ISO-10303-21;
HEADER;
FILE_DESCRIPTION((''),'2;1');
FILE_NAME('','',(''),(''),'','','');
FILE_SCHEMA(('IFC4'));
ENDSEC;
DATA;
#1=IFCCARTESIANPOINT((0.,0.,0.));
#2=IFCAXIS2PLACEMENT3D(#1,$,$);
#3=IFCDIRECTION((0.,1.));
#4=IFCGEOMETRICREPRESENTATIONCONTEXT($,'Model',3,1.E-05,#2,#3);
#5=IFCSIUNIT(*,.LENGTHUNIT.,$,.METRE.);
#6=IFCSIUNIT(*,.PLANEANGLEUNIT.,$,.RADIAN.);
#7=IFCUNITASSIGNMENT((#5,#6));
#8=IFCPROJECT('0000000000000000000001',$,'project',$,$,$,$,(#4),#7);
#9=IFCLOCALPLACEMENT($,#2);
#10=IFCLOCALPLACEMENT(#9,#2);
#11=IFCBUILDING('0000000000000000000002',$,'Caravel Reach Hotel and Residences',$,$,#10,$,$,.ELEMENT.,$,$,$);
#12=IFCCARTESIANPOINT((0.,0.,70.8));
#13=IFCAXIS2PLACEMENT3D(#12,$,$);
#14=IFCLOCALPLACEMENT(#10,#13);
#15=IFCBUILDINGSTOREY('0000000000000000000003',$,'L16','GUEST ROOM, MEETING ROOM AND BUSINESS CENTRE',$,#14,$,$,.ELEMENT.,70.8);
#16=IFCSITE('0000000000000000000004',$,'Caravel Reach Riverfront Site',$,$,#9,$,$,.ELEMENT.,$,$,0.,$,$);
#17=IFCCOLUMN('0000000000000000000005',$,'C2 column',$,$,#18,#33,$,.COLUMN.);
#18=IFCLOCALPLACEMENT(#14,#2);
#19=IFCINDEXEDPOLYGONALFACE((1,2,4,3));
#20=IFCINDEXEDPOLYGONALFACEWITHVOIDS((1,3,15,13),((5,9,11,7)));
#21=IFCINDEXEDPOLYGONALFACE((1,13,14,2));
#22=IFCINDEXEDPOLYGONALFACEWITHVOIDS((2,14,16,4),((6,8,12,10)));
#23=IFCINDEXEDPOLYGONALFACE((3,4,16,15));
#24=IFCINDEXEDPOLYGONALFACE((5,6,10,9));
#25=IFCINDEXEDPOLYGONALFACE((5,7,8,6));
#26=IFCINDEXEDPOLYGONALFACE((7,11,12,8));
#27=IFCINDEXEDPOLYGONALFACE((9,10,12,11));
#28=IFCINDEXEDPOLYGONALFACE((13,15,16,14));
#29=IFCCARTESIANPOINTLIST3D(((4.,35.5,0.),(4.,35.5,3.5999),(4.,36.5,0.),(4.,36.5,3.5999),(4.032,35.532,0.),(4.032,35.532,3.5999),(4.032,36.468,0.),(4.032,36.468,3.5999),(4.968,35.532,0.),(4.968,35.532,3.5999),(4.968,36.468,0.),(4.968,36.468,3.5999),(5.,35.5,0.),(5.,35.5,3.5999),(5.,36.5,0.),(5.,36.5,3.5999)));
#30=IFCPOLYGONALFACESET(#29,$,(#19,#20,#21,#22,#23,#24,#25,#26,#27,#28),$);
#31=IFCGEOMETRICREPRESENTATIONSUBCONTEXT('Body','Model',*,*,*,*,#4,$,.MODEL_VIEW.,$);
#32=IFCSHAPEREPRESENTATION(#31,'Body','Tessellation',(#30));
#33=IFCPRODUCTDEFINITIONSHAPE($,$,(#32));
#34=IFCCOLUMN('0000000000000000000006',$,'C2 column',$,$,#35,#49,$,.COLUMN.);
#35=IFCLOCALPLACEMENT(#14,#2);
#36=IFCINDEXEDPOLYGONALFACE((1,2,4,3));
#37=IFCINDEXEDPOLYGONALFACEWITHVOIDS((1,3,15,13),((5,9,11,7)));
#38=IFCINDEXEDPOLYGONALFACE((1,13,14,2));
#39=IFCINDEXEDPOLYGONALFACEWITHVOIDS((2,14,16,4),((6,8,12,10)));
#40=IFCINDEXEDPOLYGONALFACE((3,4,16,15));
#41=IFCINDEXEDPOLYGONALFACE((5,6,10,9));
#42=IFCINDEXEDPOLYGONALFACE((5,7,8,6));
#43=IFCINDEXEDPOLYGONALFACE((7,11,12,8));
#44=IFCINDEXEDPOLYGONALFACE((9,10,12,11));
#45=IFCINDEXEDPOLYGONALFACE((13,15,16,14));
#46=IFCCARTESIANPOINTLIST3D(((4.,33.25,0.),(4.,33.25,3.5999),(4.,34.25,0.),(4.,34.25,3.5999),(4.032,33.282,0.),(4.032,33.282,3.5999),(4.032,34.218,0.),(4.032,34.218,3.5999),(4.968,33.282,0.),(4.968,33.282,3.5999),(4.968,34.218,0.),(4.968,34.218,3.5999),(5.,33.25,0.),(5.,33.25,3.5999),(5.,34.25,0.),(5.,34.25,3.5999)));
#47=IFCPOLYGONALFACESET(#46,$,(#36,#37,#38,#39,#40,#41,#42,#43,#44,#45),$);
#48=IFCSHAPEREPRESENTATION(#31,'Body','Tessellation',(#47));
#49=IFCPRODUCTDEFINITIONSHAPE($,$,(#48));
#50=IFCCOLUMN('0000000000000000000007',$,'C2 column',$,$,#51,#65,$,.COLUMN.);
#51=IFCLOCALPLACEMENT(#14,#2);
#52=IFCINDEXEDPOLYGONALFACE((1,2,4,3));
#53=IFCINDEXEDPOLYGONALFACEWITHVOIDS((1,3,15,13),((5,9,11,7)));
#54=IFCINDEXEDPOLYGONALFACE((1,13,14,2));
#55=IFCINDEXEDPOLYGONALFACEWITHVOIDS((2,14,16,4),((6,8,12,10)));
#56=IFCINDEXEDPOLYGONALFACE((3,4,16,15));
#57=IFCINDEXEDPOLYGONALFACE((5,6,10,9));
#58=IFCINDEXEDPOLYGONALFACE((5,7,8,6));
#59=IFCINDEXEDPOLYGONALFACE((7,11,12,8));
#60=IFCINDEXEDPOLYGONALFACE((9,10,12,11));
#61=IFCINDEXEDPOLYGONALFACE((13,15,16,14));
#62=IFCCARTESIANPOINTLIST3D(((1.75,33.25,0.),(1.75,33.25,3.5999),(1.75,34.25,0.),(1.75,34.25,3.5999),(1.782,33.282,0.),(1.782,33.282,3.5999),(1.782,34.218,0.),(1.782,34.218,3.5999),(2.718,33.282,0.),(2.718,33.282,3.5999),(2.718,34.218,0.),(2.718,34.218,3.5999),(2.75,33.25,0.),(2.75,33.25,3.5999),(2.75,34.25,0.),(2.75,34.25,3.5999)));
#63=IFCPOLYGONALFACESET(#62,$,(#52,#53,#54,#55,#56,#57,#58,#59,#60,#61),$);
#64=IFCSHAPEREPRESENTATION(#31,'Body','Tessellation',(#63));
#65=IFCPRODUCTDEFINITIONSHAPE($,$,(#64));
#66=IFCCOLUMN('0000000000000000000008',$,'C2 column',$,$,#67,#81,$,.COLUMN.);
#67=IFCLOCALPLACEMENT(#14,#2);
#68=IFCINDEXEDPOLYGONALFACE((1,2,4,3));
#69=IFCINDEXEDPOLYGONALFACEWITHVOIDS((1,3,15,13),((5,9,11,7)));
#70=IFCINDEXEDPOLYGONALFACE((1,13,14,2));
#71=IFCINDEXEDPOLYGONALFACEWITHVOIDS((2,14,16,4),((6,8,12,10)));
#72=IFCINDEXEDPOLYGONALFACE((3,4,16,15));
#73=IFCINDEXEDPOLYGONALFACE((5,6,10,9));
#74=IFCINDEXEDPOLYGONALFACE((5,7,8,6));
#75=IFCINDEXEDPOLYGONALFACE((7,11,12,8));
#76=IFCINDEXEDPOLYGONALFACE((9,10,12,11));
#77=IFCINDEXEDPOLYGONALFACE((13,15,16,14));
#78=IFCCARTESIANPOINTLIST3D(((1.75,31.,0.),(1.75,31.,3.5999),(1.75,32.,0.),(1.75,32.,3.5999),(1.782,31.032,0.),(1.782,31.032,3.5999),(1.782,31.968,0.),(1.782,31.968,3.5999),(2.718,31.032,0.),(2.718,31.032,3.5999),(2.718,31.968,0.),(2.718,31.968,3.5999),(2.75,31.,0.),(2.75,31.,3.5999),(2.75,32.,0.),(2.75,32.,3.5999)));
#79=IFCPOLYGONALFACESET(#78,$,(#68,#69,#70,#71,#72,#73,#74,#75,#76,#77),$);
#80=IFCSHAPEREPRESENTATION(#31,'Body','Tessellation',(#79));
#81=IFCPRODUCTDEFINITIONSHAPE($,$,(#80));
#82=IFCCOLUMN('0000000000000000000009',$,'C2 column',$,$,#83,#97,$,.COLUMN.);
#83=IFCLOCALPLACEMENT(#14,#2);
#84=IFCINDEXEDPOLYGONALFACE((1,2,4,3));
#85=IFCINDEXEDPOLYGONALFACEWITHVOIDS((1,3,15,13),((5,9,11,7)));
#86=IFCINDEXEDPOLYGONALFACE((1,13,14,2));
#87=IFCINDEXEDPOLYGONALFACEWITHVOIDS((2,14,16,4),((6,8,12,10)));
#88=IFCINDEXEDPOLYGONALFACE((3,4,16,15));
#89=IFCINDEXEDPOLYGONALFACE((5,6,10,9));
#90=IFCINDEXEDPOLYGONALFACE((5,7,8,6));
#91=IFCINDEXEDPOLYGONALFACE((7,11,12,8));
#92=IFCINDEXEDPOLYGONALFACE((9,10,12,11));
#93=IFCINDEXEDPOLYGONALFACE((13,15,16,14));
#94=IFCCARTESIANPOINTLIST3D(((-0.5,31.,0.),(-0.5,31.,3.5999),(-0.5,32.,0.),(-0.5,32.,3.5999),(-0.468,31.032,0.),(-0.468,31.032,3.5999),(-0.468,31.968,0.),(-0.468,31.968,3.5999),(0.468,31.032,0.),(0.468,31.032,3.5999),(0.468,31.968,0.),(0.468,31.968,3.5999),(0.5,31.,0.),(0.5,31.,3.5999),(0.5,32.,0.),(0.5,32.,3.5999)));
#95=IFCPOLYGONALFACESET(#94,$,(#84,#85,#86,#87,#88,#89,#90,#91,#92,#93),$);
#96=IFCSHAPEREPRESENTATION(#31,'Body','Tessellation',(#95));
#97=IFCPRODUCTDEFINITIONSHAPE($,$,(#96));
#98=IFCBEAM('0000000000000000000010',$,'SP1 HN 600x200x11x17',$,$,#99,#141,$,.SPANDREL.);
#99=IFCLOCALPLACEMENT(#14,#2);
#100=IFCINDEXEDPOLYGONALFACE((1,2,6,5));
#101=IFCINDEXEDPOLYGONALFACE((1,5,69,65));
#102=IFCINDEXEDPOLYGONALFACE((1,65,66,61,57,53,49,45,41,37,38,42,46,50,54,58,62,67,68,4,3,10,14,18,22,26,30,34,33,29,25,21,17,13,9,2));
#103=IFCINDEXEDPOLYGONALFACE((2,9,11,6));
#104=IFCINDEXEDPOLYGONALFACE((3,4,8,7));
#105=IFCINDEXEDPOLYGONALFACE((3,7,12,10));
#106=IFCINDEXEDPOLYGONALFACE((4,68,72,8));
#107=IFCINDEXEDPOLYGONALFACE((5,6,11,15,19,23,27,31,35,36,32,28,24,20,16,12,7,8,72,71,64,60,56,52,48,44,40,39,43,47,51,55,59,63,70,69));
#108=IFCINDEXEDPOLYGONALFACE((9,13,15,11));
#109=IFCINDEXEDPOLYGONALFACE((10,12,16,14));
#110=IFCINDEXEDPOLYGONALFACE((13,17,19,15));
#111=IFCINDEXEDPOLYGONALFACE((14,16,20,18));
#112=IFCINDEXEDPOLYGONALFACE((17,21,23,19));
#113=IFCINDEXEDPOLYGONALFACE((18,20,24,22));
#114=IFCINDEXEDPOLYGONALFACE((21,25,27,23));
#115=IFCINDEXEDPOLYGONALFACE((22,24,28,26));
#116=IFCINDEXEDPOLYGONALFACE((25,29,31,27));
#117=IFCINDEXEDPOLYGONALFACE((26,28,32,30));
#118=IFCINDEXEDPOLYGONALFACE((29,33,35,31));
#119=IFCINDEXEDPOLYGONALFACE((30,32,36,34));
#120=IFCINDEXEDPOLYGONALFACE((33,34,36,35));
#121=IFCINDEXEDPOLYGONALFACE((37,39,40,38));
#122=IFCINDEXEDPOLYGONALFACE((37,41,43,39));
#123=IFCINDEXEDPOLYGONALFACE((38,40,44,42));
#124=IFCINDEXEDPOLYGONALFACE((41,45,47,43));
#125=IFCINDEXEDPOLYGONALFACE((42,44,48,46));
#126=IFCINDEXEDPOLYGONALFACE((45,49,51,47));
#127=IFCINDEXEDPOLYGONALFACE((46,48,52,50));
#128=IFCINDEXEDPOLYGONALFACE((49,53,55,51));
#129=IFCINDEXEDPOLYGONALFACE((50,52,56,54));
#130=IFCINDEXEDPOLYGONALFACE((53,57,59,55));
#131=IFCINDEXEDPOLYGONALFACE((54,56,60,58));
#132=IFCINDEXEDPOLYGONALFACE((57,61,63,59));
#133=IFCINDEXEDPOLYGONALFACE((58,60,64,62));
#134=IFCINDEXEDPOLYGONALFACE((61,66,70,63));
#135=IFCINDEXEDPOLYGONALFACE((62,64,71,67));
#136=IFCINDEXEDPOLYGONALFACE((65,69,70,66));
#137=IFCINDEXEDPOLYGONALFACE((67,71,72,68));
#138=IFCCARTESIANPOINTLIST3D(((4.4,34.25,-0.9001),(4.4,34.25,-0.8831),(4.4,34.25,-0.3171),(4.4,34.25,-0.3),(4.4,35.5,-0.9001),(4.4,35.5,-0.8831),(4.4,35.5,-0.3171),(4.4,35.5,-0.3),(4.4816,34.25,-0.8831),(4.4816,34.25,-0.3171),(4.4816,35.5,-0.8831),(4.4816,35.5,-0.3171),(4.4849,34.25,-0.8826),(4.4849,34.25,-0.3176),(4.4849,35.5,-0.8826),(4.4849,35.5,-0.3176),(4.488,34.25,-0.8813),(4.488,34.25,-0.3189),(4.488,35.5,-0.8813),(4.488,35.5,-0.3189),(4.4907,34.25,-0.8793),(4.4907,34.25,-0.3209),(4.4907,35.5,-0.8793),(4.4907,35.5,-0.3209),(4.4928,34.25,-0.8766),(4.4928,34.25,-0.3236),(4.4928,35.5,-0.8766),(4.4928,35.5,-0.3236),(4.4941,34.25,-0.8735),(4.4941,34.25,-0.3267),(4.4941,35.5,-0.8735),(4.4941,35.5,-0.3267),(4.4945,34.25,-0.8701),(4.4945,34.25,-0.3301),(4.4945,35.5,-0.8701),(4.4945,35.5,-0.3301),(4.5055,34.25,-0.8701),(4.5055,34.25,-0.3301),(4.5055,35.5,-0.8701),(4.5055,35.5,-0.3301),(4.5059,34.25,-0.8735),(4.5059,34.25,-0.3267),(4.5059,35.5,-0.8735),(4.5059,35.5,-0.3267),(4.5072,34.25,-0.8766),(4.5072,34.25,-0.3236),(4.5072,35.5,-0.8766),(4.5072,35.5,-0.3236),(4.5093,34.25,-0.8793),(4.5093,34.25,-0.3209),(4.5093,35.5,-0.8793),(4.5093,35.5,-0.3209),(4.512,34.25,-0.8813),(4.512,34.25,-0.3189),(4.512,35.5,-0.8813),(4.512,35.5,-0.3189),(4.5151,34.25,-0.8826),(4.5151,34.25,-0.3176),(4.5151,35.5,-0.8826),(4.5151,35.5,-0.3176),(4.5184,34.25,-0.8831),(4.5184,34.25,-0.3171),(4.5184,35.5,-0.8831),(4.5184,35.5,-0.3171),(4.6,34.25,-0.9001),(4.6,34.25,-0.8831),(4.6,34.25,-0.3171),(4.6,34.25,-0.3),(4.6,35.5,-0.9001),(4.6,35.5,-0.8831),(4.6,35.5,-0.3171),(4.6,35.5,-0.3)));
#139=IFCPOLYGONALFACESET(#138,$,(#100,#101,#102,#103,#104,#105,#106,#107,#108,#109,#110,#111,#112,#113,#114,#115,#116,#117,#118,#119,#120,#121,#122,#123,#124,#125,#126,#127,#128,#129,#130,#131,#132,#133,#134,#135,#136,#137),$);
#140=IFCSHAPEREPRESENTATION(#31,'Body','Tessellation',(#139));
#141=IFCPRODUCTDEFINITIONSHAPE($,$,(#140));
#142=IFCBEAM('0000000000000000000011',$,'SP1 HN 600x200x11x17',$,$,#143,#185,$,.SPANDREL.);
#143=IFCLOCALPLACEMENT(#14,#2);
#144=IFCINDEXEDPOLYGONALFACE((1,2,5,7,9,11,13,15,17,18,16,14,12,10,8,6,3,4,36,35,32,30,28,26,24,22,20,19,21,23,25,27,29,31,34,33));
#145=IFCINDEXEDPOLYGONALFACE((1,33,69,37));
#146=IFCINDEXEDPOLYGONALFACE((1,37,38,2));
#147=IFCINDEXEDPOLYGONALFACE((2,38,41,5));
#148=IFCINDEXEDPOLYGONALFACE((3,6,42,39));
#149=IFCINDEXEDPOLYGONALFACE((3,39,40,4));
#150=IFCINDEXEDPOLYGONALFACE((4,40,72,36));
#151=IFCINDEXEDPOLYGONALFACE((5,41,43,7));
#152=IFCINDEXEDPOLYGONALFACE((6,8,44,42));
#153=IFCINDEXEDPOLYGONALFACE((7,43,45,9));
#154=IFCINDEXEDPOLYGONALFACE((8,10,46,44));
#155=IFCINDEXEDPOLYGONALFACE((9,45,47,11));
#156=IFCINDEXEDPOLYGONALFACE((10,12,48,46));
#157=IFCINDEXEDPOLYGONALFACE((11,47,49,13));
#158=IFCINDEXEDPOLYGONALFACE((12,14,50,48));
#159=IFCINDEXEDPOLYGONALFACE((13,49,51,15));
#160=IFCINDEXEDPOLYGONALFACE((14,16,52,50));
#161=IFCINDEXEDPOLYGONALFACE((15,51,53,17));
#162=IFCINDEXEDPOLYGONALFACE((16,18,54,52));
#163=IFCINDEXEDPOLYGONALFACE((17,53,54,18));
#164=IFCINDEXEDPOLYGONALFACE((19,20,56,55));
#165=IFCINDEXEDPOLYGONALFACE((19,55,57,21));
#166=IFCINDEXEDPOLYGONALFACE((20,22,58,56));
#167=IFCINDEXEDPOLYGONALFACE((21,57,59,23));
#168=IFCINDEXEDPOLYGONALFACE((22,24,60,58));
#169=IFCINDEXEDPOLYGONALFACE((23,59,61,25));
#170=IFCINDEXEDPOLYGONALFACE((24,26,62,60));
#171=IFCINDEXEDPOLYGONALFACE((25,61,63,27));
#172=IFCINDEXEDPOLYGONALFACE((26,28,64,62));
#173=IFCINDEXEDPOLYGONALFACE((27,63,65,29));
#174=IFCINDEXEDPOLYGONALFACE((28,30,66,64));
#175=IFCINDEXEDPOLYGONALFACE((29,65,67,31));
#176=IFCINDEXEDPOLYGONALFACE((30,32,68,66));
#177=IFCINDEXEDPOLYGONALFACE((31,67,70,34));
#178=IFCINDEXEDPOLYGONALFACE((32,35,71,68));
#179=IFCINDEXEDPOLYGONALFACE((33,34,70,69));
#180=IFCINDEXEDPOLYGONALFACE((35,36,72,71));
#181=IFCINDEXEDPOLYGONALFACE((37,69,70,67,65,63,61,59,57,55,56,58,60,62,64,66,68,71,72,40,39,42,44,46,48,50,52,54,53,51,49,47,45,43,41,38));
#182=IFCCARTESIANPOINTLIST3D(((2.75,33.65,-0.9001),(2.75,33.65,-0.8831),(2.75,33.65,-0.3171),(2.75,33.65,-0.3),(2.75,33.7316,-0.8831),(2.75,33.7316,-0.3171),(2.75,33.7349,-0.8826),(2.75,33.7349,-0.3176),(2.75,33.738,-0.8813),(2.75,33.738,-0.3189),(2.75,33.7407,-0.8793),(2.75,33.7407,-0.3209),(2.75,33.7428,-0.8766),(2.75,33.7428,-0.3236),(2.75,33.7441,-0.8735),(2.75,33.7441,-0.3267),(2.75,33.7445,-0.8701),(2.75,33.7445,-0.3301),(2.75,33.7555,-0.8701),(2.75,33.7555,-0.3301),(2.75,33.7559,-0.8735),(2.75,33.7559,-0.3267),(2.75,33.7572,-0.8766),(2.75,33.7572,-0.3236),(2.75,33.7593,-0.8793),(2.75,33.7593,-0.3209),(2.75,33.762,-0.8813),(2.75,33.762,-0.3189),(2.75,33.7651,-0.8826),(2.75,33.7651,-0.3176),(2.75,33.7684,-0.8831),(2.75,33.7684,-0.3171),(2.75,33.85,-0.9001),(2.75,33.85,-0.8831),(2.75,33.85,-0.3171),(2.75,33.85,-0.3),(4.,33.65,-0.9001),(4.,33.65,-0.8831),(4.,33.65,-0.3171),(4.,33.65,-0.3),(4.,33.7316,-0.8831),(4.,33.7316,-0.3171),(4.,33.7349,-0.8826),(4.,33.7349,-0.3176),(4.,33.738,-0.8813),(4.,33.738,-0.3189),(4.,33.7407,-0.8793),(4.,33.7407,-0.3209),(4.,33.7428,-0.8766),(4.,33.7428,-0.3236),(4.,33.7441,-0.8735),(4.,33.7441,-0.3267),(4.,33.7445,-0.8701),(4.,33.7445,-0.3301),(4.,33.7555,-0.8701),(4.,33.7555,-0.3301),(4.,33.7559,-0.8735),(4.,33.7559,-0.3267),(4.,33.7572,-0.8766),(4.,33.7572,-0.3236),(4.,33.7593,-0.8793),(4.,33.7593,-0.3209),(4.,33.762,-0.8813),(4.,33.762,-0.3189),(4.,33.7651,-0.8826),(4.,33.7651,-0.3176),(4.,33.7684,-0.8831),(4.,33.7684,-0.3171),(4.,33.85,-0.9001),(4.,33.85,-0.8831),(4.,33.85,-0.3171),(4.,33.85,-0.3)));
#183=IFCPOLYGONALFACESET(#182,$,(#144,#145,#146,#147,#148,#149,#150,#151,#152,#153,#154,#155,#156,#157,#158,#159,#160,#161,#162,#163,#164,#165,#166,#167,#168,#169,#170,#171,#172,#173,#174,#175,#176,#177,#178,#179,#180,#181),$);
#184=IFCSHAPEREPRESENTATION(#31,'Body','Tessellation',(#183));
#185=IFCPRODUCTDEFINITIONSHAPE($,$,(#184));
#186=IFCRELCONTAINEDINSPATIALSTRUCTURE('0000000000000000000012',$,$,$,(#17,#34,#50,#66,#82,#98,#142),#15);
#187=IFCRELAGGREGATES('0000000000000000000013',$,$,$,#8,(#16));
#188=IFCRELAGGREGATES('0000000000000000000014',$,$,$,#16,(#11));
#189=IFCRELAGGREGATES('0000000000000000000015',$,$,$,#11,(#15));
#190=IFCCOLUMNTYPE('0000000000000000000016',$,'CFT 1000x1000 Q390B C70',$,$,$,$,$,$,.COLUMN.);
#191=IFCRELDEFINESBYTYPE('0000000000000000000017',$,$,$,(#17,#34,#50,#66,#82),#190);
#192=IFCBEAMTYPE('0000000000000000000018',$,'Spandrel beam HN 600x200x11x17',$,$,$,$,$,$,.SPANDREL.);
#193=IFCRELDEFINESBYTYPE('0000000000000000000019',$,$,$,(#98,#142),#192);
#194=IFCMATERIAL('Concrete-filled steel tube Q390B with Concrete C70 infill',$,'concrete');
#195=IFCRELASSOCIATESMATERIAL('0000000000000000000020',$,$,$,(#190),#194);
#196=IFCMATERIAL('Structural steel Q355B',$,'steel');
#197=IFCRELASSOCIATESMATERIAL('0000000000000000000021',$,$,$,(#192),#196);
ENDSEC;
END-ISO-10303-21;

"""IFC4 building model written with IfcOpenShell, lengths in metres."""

from ifc_helpers import new_model, si_unit, direction, frame, origin, origin_2d, place, context, subcontext, project, spatial, hollow_rectangle, i_section, extrude, material, material_profile, profile_set, type_object, element, save


model = new_model("IFC4")

# Units and contexts
model_context = context("Model", 3, precision=1e-05, world=origin(), true_north=direction((0.0, 1.0)))
body_context = subcontext(model_context, "Body", "Model", "MODEL_VIEW")
ifc_project = project(units=[si_unit("LENGTHUNIT", "METRE"), si_unit("PLANEANGLEUNIT", "RADIAN")], contexts=[model_context])

# Site, building, storey
site_placement = place(None, origin())
site = spatial("IfcSite", under=ifc_project, at=site_placement, Name="Caravel Reach Riverfront Site", CompositionType="ELEMENT", RefElevation=0.0)
building_placement = place(site_placement, origin())
building = spatial("IfcBuilding", under=site, at=building_placement, Name="Caravel Reach Hotel and Residences", CompositionType="ELEMENT")
storey_placement = place(building_placement, frame((0.0, 0.0, 70.8)))
storey = spatial("IfcBuildingStorey", under=building, at=storey_placement, Name="L16", Description="GUEST ROOM, MEETING ROOM AND BUSINESS CENTRE", CompositionType="ELEMENT", Elevation=70.8)

# Columns
ifc_material_1 = material(Name="Concrete-filled steel tube Q390B with Concrete C70 infill", Category="concrete")
ifc_material_profile_1 = material_profile(ifc_material_1, hollow_rectangle(XDim=1.0, YDim=1.0, WallThickness=0.032, at=origin_2d()), Name="RHS 1000x1000x32")
ifc_profile_set_1 = profile_set([ifc_material_profile_1], Name="Concrete-filled steel tube Q390B with Concrete C70 infill")
column_type = type_object("IfcColumnType", Name="CFT 1000x1000 Q390B C70", PredefinedType="COLUMN", material=ifc_profile_set_1)
for number, where, z_axis, x_axis, name in (
    (1, (4.5, 36.0, 0.0), (0.0, 0.0, 1.0), (1.0, 0.0, 0.0), "C2 column"),
    (2, (4.5, 33.75, 0.0), (0.0, 0.0, 1.0), (1.0, 0.0, 0.0), "C2 column"),
    (3, (2.25, 33.75, 0.0), (0.0, 0.0, 1.0), (1.0, 0.0, 0.0), "C2 column"),
    (4, (2.25, 31.5, 0.0), (0.0, 0.0, 1.0), (1.0, 0.0, 0.0), "C2 column"),
    (5, (0.0, 31.5, 0.0), (0.0, 0.0, 1.0), (1.0, 0.0, 0.0), "C2 column"),
):
    element("IfcColumn", number, at=place(storey_placement, frame(where, z_axis=z_axis, x_axis=x_axis)), inside=storey, type_object=column_type, Name=name, PredefinedType="COLUMN", context=body_context, shape_type="SweptSolid", body=[
        extrude(hollow_rectangle(XDim=1.0, YDim=1.0, WallThickness=0.032, at=origin_2d()), origin(), (0.0, 0.0, 1.0), 3.5999),
    ])

# Beams
ifc_material_2 = material(Name="Structural steel Q355B", Category="steel")
ifc_material_profile_2 = material_profile(ifc_material_2, i_section(OverallWidth=0.2, OverallDepth=0.6001, WebThickness=0.011, FlangeThickness=0.0171, FilletRadius=0.0129, at=origin_2d()), Name="HN 600x200x11x17")
ifc_profile_set_2 = profile_set([ifc_material_profile_2], Name="Structural steel Q355B")
beam_type = type_object("IfcBeamType", Name="Spandrel beam HN 600x200x11x17", PredefinedType="SPANDREL", material=ifc_profile_set_2)
for number, where, z_axis, x_axis, name in (
    (6, (4.5, 35.5, -0.6001), (0.0, -1.0, 0.0), (1.0, 0.0, 0.0), "SP1 HN 600x200x11x17"),
    (7, (4.0, 33.75, -0.6001), (-1.0, 0.0, 0.0), (0.0, -1.0, 0.0), "SP1 HN 600x200x11x17"),
):
    element("IfcBeam", number, at=place(storey_placement, frame(where, z_axis=z_axis, x_axis=x_axis)), inside=storey, type_object=beam_type, Name=name, PredefinedType="SPANDREL", context=body_context, shape_type="SweptSolid", body=[
        extrude(i_section(OverallWidth=0.2, OverallDepth=0.6001, WebThickness=0.011, FlangeThickness=0.0171, FilletRadius=0.0129, at=origin_2d()), origin(), (0.0, 0.0, 1.0), 1.25),
    ])

save(model, "model.ifc")
